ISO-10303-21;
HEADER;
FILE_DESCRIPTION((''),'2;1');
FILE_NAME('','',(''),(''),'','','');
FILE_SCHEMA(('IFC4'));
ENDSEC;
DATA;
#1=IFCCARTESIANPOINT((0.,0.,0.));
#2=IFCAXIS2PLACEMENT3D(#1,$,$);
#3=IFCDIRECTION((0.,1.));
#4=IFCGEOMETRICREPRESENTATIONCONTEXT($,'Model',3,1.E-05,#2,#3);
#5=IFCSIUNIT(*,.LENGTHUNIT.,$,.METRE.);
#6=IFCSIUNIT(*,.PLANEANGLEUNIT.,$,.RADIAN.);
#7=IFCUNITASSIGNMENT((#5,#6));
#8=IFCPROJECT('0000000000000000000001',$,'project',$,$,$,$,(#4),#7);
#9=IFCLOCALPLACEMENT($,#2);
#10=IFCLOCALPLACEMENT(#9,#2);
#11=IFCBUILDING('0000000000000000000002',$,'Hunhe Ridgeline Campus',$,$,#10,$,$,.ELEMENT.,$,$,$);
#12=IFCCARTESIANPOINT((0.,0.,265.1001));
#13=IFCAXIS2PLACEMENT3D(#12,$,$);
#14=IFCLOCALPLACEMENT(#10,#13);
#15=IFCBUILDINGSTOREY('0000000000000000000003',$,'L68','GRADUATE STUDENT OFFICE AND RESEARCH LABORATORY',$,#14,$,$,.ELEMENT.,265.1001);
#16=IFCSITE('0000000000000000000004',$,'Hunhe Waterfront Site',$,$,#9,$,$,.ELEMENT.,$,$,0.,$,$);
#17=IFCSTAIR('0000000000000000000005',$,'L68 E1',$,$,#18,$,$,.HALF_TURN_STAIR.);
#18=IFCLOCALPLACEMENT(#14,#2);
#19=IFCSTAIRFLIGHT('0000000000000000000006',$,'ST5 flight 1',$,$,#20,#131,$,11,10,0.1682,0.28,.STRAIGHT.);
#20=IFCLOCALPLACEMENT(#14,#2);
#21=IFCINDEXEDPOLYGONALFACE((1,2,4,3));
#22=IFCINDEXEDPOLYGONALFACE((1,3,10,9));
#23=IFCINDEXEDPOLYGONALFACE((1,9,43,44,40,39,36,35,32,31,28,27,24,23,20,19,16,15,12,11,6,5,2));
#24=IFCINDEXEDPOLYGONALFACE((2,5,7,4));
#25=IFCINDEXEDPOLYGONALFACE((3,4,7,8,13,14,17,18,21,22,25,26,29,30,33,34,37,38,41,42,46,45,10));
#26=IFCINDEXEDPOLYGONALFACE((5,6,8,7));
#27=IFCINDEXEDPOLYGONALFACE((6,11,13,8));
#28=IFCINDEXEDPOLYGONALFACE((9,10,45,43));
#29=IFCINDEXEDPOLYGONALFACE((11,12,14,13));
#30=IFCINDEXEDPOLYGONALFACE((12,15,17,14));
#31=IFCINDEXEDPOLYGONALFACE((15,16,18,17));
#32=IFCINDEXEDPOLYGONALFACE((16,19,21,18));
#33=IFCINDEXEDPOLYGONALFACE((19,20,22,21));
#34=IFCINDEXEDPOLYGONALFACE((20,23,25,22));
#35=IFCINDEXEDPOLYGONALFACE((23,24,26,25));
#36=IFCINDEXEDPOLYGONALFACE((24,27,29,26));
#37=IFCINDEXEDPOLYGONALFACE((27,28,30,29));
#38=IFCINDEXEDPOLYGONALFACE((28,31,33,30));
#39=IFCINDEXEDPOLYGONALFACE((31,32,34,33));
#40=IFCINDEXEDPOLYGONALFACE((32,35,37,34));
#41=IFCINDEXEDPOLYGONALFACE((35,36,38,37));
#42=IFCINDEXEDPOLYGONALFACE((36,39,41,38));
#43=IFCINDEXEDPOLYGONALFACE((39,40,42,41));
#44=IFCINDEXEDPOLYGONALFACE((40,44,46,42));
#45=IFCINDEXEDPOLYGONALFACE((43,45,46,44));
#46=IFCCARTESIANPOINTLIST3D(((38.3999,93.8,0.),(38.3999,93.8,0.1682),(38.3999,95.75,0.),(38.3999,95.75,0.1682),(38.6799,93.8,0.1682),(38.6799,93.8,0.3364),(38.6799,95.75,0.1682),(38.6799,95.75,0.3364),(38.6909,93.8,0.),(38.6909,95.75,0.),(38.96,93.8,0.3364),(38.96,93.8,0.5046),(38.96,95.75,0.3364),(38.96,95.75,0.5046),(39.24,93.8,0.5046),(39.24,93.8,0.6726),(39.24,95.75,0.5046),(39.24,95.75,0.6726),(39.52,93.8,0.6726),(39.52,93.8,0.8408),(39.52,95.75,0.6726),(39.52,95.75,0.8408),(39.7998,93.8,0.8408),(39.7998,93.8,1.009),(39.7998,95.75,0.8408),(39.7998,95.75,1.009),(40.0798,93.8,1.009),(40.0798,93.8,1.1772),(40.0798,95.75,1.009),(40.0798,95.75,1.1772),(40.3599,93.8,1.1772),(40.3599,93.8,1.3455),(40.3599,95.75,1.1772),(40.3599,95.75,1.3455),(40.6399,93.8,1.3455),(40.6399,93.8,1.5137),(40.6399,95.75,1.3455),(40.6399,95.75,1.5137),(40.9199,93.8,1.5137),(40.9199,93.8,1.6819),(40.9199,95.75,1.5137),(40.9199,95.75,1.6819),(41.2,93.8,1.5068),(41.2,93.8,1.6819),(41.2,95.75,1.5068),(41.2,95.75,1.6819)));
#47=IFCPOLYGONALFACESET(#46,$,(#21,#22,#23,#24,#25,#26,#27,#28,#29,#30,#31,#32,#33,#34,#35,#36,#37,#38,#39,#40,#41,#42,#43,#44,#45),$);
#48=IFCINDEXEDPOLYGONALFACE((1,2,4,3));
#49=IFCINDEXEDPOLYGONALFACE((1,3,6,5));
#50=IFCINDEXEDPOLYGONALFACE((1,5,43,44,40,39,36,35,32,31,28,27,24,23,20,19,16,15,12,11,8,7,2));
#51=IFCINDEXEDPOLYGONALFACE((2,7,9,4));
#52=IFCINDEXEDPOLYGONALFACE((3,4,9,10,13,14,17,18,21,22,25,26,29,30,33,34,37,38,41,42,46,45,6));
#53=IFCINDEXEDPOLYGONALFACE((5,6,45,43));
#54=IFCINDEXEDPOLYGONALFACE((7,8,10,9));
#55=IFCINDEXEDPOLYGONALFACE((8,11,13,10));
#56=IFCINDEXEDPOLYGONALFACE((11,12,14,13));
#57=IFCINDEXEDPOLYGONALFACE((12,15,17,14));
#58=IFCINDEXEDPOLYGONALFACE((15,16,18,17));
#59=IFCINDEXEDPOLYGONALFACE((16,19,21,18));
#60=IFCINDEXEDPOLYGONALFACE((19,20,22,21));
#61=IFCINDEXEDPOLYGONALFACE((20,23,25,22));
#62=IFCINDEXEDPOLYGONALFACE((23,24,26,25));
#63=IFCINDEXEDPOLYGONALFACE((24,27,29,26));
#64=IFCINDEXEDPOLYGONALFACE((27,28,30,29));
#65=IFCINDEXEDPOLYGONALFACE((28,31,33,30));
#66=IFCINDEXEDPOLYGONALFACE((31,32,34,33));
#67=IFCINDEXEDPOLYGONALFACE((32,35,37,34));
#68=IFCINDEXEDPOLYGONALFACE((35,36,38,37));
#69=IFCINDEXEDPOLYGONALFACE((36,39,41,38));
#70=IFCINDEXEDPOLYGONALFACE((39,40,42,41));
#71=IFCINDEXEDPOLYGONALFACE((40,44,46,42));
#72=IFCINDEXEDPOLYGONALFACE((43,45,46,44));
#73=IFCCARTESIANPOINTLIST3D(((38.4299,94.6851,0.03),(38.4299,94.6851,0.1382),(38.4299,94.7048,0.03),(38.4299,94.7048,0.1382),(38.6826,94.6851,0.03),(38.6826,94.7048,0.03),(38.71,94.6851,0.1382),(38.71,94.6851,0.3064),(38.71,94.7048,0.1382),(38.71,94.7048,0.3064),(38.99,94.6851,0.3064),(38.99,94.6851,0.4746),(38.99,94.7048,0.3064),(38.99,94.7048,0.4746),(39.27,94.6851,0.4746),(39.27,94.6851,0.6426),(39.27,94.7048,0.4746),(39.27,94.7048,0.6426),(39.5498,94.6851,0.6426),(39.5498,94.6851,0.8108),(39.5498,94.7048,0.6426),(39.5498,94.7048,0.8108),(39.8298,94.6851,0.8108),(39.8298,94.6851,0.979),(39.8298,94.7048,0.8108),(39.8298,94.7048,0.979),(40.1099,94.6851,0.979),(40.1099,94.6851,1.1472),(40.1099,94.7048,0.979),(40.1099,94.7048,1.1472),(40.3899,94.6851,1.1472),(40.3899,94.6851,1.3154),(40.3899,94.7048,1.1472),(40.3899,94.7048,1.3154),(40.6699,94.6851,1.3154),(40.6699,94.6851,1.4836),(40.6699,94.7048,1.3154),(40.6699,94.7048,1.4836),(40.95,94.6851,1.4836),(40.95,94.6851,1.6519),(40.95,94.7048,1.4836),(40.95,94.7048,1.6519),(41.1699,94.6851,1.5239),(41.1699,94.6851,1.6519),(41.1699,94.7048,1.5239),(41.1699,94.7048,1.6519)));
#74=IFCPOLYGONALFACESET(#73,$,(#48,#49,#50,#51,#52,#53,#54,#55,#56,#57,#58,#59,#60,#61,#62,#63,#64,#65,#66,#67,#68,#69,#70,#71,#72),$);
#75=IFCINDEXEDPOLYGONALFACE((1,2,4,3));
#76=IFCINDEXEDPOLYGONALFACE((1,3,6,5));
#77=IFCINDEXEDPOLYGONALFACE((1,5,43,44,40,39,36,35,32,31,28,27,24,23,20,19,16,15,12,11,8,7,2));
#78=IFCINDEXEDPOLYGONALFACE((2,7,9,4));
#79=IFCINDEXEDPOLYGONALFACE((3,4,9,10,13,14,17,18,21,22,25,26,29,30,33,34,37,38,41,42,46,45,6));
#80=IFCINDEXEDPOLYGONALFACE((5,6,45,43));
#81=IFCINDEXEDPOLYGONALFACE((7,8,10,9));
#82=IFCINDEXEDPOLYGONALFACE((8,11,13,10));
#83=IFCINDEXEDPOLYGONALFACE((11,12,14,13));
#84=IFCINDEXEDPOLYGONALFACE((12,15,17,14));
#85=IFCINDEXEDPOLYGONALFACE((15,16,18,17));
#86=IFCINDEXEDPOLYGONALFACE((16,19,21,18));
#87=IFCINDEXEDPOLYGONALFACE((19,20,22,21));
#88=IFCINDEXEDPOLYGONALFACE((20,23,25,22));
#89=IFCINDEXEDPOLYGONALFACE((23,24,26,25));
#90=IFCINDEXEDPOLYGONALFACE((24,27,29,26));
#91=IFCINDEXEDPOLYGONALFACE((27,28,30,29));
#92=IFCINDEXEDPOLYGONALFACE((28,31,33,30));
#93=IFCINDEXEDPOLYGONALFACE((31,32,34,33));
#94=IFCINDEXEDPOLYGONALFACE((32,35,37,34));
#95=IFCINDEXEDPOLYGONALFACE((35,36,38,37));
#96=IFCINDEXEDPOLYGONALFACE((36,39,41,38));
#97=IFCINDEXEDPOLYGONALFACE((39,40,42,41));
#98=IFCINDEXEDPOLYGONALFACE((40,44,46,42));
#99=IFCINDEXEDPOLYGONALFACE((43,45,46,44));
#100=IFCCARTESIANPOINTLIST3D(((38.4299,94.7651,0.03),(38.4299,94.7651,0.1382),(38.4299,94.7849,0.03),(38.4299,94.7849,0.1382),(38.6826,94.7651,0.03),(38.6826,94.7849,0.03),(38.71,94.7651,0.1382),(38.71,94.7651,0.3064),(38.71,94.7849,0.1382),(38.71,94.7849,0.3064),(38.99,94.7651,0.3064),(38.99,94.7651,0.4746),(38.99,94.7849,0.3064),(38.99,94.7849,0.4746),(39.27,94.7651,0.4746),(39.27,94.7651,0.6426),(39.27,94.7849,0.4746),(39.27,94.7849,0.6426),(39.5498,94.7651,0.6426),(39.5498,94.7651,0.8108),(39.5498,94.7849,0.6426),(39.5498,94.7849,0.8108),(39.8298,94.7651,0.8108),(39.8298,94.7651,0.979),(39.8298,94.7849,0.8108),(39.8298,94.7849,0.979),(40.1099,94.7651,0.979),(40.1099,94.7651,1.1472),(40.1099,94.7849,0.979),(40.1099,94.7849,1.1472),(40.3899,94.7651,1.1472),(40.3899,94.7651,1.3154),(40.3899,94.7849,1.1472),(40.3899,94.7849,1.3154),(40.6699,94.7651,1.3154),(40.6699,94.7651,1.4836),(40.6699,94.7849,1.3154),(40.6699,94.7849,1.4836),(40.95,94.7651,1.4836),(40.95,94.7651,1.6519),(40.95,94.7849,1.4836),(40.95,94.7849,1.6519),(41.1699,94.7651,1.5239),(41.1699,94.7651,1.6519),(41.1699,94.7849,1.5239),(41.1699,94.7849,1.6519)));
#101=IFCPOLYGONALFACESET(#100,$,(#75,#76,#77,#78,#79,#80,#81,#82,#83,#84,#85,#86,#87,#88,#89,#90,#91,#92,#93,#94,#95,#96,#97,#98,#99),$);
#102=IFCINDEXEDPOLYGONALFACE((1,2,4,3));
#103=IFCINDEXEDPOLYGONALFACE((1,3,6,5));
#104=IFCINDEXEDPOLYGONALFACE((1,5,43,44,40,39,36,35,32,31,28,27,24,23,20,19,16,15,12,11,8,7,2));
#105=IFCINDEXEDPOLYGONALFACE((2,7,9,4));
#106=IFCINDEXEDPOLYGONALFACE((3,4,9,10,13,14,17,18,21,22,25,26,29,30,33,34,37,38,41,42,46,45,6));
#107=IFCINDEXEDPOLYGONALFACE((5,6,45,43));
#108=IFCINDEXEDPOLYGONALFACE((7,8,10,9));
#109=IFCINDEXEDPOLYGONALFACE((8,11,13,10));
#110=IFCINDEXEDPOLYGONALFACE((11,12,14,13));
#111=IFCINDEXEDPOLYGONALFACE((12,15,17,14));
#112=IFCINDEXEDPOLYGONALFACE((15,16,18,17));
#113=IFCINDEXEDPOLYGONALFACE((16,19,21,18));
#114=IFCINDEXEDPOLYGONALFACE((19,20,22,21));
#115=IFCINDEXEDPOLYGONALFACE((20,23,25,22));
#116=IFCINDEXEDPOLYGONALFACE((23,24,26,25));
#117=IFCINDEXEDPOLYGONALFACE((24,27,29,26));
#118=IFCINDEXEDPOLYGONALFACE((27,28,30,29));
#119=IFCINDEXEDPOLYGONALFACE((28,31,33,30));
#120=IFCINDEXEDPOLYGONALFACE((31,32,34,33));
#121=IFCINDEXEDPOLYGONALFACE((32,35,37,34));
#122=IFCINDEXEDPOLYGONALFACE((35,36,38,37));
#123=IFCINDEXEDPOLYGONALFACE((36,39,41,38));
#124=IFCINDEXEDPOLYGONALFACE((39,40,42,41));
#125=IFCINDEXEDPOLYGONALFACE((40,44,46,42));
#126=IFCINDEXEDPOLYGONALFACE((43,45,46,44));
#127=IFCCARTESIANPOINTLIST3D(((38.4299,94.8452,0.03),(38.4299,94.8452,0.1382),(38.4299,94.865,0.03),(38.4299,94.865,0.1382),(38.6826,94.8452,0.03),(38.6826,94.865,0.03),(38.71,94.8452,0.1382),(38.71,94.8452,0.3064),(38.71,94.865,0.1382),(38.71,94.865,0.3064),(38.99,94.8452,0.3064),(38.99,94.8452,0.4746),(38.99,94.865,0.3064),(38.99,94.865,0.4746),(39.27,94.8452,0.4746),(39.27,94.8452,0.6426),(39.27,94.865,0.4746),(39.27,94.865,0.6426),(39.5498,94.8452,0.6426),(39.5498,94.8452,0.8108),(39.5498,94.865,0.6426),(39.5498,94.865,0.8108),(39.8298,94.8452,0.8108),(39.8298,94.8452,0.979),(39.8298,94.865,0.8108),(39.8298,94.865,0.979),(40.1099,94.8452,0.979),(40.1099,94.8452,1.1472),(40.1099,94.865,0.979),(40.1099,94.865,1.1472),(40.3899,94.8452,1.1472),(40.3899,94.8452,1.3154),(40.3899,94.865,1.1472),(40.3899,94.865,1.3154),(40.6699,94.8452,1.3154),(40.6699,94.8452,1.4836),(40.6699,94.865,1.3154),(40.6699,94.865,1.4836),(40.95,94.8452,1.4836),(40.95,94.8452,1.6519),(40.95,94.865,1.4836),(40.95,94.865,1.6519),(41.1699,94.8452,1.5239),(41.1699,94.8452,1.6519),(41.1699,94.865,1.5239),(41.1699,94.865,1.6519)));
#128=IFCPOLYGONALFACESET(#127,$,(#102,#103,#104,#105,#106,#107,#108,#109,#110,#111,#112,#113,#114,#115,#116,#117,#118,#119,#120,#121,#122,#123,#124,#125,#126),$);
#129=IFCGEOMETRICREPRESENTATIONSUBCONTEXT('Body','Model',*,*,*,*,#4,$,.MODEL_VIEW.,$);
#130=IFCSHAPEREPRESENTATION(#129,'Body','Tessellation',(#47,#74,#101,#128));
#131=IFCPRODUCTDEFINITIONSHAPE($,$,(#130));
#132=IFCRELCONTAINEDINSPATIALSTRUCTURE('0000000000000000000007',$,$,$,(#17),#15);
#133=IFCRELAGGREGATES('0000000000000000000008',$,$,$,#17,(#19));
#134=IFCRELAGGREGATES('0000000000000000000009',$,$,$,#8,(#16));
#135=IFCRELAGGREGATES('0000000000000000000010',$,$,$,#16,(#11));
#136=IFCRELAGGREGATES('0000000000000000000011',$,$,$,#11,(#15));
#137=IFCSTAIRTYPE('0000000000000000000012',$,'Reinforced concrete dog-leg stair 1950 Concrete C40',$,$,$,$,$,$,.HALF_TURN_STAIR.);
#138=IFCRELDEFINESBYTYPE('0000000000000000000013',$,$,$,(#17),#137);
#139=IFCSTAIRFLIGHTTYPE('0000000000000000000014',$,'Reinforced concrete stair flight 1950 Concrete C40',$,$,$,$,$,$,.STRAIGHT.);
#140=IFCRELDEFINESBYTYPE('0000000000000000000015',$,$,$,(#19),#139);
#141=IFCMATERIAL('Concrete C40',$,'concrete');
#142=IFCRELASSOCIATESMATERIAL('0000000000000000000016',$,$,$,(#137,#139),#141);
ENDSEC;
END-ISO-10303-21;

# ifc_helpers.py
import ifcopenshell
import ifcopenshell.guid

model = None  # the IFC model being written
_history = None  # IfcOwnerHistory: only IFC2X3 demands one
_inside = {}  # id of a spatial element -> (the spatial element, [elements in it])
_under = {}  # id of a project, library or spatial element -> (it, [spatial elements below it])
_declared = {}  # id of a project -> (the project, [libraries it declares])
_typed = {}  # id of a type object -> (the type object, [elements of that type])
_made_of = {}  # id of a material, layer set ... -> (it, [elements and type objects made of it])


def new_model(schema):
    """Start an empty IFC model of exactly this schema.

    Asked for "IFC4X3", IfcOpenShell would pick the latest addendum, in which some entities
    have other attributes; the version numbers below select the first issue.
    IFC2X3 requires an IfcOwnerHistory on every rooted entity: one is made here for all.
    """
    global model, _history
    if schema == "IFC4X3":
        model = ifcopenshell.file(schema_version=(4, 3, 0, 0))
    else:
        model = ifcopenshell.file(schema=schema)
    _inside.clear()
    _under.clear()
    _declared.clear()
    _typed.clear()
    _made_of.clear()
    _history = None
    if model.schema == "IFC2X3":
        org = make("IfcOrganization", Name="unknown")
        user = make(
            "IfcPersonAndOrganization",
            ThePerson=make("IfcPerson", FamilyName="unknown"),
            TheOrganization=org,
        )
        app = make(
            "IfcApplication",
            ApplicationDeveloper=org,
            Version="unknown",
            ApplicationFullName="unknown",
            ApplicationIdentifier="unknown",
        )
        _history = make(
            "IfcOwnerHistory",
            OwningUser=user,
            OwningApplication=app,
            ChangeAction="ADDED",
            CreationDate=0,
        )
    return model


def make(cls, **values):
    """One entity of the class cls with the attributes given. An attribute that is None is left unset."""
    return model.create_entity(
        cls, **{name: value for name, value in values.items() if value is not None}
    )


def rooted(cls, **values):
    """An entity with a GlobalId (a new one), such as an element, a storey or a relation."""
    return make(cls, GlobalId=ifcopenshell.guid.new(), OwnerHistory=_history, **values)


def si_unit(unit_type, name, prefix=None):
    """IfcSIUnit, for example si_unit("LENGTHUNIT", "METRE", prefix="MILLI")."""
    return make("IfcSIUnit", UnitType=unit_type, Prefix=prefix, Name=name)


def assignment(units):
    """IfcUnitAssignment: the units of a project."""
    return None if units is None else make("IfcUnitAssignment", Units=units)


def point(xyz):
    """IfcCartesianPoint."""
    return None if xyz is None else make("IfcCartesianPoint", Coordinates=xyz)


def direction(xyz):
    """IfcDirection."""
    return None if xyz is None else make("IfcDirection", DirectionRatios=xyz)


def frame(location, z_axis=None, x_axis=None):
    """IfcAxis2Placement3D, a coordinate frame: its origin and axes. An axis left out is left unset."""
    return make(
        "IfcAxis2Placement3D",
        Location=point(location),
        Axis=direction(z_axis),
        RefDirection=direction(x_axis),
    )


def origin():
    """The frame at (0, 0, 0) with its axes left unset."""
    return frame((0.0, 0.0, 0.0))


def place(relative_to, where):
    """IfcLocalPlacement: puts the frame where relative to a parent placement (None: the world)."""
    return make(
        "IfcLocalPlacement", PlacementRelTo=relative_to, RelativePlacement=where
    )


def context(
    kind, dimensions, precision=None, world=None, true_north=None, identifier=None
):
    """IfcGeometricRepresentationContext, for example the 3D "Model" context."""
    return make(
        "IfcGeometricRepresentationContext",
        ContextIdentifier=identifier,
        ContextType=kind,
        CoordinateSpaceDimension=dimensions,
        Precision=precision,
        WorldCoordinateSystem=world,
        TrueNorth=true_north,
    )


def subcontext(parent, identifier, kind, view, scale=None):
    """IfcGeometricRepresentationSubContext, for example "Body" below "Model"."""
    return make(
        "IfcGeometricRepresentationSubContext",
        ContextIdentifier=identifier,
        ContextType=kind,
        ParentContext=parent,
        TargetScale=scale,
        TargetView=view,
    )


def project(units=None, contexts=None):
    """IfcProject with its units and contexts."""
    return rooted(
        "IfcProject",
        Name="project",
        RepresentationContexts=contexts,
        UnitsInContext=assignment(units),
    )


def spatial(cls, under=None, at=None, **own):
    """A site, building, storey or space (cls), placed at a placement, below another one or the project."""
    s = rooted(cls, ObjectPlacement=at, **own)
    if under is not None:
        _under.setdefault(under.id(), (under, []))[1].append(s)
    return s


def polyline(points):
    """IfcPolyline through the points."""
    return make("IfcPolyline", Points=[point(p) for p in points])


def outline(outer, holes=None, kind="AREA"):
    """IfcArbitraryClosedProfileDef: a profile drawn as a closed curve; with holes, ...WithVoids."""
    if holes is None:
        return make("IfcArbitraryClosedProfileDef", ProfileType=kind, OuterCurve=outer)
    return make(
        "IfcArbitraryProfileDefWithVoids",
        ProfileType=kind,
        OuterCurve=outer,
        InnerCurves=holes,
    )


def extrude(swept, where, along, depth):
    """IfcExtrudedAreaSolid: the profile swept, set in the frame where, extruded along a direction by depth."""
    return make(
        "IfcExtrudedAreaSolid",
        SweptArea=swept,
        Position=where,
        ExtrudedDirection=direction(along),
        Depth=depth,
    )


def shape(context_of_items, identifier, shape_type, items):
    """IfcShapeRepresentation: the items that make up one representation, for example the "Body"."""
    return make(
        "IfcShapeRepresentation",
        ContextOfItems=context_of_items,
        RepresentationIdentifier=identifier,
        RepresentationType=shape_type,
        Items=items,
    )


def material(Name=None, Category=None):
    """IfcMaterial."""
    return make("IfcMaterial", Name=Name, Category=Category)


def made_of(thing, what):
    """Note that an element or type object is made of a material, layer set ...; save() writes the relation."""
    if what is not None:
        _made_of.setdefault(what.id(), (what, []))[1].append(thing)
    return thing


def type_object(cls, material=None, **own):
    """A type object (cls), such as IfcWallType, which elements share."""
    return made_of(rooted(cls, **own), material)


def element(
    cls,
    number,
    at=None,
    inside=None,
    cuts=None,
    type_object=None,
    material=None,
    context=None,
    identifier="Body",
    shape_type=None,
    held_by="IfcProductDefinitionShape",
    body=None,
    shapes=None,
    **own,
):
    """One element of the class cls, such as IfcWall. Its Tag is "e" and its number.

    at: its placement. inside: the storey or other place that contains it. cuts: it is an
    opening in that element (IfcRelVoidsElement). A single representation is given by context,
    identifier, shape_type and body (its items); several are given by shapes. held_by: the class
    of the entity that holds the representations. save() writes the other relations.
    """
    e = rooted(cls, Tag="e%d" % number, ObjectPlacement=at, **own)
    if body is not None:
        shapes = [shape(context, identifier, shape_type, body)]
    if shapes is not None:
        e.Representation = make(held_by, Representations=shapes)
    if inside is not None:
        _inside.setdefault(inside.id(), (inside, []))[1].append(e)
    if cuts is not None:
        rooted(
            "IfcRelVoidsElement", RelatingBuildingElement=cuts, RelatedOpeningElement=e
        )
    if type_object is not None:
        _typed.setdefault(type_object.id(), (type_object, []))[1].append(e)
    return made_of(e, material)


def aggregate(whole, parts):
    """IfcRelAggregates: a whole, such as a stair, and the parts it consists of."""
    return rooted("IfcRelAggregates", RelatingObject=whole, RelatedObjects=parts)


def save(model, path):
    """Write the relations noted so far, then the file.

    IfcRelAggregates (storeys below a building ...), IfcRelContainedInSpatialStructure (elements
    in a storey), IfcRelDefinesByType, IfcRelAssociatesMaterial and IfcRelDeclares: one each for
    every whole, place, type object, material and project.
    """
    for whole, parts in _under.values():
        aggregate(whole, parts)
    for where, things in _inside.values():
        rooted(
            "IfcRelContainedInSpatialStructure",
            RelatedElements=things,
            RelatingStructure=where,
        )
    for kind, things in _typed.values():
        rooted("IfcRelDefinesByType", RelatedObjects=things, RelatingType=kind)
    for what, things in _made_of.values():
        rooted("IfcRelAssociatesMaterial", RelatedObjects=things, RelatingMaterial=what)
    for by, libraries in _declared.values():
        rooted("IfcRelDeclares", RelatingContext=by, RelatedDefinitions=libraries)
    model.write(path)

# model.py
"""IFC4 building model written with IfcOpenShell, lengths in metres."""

from ifc_helpers import new_model, si_unit, direction, frame, origin, place, context, subcontext, project, spatial, polyline, outline, extrude, material, type_object, element, aggregate, save


model = new_model("IFC4")

# Units and contexts
model_context = context("Model", 3, precision=1e-05, world=origin(), true_north=direction((0.0, 1.0)))
body_context = subcontext(model_context, "Body", "Model", "MODEL_VIEW")
ifc_project = project(units=[si_unit("LENGTHUNIT", "METRE"), si_unit("PLANEANGLEUNIT", "RADIAN")], contexts=[model_context])

# Site, building, storey
site_placement = place(None, origin())
site = spatial("IfcSite", under=ifc_project, at=site_placement, Name="Hunhe Waterfront Site", CompositionType="ELEMENT", RefElevation=0.0)
building_placement = place(site_placement, origin())
building = spatial("IfcBuilding", under=site, at=building_placement, Name="Hunhe Ridgeline Campus", CompositionType="ELEMENT")
storey_placement = place(building_placement, frame((0.0, 0.0, 265.1001)))
storey = spatial("IfcBuildingStorey", under=building, at=storey_placement, Name="L68", Description="GRADUATE STUDENT OFFICE AND RESEARCH LABORATORY", CompositionType="ELEMENT", Elevation=265.1001)

# Stair, stair flight
ifc_material_1 = material(Name="Concrete C40", Category="concrete")
stair_type = type_object("IfcStairType", Name="Reinforced concrete dog-leg stair 1950 Concrete C40", PredefinedType="HALF_TURN_STAIR", material=ifc_material_1)
stair_placement = place(storey_placement, origin())
stair = element("IfcStair", 1, at=stair_placement, inside=storey, type_object=stair_type, Name="L68 E1", PredefinedType="HALF_TURN_STAIR")
stair_flight_type = type_object("IfcStairFlightType", Name="Reinforced concrete stair flight 1950 Concrete C40", PredefinedType="STRAIGHT", material=ifc_material_1)
stair_flight_1_placement = place(storey_placement, frame((38.3999, 94.7749, 0.0), z_axis=(0.0, 0.0, 1.0), x_axis=(1.0, 0.0, 0.0)))
stair_flight_1 = element("IfcStairFlight", 2, at=stair_flight_1_placement, type_object=stair_flight_type, Name="ST5 flight 1", NumberOfRisers=11, NumberOfTreads=10, PredefinedType="STRAIGHT", RiserHeight=0.1682, TreadLength=0.28, context=body_context, shape_type="SweptSolid", body=[
    extrude(outline(polyline([(0.0, 0.0), (0.0, 0.1682), (0.28, 0.1682), (0.28, 0.3364), (0.5601, 0.3364), (0.5601, 0.5046), (0.8401, 0.5046), (0.8401, 0.6726), (1.1201, 0.6726), (1.1201, 0.8408), (1.3999, 0.8408), (1.3999, 1.009), (1.6799, 1.009), (1.6799, 1.1772), (1.96, 1.1772), (1.96, 1.3455), (2.24, 1.3455), (2.24, 1.5137), (2.52, 1.5137), (2.52, 1.6819), (2.8, 1.6819), (2.8, 1.8501), (2.8, 1.5068), (0.291, 0.0), (0.0, 0.0)])), frame((0.0, 0.9751, 0.0), z_axis=(0.0, -1.0, 0.0), x_axis=(1.0, 0.0, 0.0)), (0.0, 0.0, 1.0), 1.95),
    extrude(outline(polyline([(0.03, 0.03), (0.03, 0.1382), (0.3101, 0.1382), (0.3101, 0.3064), (0.5901, 0.3064), (0.5901, 0.4746), (0.8701, 0.4746), (0.8701, 0.6426), (1.1499, 0.6426), (1.1499, 0.8108), (1.4299, 0.8108), (1.4299, 0.979), (1.71, 0.979), (1.71, 1.1472), (1.99, 1.1472), (1.99, 1.3154), (2.27, 1.3154), (2.27, 1.4836), (2.55, 1.4836), (2.55, 1.6519), (2.77, 1.6519), (2.77, 1.5239), (0.2827, 0.03), (0.03, 0.03)])), frame((0.0, -0.0701, 0.0), z_axis=(0.0, -1.0, 0.0), x_axis=(1.0, 0.0, 0.0)), (0.0, 0.0, 1.0), 0.0198),
    extrude(outline(polyline([(0.03, 0.03), (0.03, 0.1382), (0.3101, 0.1382), (0.3101, 0.3064), (0.5901, 0.3064), (0.5901, 0.4746), (0.8701, 0.4746), (0.8701, 0.6426), (1.1499, 0.6426), (1.1499, 0.8108), (1.4299, 0.8108), (1.4299, 0.979), (1.71, 0.979), (1.71, 1.1472), (1.99, 1.1472), (1.99, 1.3154), (2.27, 1.3154), (2.27, 1.4836), (2.55, 1.4836), (2.55, 1.6519), (2.77, 1.6519), (2.77, 1.5239), (0.2827, 0.03), (0.03, 0.03)])), frame((0.0, 0.01, 0.0), z_axis=(0.0, -1.0, 0.0), x_axis=(1.0, 0.0, 0.0)), (0.0, 0.0, 1.0), 0.0198),
    extrude(outline(polyline([(0.03, 0.03), (0.03, 0.1382), (0.3101, 0.1382), (0.3101, 0.3064), (0.5901, 0.3064), (0.5901, 0.4746), (0.8701, 0.4746), (0.8701, 0.6426), (1.1499, 0.6426), (1.1499, 0.8108), (1.4299, 0.8108), (1.4299, 0.979), (1.71, 0.979), (1.71, 1.1472), (1.99, 1.1472), (1.99, 1.3154), (2.27, 1.3154), (2.27, 1.4836), (2.55, 1.4836), (2.55, 1.6519), (2.77, 1.6519), (2.77, 1.5239), (0.2827, 0.03), (0.03, 0.03)])), frame((0.0, 0.0901, 0.0), z_axis=(0.0, -1.0, 0.0), x_axis=(1.0, 0.0, 0.0)), (0.0, 0.0, 1.0), 0.0198),
])
aggregate(stair, [stair_flight_1])

save(model, "model.ifc")
